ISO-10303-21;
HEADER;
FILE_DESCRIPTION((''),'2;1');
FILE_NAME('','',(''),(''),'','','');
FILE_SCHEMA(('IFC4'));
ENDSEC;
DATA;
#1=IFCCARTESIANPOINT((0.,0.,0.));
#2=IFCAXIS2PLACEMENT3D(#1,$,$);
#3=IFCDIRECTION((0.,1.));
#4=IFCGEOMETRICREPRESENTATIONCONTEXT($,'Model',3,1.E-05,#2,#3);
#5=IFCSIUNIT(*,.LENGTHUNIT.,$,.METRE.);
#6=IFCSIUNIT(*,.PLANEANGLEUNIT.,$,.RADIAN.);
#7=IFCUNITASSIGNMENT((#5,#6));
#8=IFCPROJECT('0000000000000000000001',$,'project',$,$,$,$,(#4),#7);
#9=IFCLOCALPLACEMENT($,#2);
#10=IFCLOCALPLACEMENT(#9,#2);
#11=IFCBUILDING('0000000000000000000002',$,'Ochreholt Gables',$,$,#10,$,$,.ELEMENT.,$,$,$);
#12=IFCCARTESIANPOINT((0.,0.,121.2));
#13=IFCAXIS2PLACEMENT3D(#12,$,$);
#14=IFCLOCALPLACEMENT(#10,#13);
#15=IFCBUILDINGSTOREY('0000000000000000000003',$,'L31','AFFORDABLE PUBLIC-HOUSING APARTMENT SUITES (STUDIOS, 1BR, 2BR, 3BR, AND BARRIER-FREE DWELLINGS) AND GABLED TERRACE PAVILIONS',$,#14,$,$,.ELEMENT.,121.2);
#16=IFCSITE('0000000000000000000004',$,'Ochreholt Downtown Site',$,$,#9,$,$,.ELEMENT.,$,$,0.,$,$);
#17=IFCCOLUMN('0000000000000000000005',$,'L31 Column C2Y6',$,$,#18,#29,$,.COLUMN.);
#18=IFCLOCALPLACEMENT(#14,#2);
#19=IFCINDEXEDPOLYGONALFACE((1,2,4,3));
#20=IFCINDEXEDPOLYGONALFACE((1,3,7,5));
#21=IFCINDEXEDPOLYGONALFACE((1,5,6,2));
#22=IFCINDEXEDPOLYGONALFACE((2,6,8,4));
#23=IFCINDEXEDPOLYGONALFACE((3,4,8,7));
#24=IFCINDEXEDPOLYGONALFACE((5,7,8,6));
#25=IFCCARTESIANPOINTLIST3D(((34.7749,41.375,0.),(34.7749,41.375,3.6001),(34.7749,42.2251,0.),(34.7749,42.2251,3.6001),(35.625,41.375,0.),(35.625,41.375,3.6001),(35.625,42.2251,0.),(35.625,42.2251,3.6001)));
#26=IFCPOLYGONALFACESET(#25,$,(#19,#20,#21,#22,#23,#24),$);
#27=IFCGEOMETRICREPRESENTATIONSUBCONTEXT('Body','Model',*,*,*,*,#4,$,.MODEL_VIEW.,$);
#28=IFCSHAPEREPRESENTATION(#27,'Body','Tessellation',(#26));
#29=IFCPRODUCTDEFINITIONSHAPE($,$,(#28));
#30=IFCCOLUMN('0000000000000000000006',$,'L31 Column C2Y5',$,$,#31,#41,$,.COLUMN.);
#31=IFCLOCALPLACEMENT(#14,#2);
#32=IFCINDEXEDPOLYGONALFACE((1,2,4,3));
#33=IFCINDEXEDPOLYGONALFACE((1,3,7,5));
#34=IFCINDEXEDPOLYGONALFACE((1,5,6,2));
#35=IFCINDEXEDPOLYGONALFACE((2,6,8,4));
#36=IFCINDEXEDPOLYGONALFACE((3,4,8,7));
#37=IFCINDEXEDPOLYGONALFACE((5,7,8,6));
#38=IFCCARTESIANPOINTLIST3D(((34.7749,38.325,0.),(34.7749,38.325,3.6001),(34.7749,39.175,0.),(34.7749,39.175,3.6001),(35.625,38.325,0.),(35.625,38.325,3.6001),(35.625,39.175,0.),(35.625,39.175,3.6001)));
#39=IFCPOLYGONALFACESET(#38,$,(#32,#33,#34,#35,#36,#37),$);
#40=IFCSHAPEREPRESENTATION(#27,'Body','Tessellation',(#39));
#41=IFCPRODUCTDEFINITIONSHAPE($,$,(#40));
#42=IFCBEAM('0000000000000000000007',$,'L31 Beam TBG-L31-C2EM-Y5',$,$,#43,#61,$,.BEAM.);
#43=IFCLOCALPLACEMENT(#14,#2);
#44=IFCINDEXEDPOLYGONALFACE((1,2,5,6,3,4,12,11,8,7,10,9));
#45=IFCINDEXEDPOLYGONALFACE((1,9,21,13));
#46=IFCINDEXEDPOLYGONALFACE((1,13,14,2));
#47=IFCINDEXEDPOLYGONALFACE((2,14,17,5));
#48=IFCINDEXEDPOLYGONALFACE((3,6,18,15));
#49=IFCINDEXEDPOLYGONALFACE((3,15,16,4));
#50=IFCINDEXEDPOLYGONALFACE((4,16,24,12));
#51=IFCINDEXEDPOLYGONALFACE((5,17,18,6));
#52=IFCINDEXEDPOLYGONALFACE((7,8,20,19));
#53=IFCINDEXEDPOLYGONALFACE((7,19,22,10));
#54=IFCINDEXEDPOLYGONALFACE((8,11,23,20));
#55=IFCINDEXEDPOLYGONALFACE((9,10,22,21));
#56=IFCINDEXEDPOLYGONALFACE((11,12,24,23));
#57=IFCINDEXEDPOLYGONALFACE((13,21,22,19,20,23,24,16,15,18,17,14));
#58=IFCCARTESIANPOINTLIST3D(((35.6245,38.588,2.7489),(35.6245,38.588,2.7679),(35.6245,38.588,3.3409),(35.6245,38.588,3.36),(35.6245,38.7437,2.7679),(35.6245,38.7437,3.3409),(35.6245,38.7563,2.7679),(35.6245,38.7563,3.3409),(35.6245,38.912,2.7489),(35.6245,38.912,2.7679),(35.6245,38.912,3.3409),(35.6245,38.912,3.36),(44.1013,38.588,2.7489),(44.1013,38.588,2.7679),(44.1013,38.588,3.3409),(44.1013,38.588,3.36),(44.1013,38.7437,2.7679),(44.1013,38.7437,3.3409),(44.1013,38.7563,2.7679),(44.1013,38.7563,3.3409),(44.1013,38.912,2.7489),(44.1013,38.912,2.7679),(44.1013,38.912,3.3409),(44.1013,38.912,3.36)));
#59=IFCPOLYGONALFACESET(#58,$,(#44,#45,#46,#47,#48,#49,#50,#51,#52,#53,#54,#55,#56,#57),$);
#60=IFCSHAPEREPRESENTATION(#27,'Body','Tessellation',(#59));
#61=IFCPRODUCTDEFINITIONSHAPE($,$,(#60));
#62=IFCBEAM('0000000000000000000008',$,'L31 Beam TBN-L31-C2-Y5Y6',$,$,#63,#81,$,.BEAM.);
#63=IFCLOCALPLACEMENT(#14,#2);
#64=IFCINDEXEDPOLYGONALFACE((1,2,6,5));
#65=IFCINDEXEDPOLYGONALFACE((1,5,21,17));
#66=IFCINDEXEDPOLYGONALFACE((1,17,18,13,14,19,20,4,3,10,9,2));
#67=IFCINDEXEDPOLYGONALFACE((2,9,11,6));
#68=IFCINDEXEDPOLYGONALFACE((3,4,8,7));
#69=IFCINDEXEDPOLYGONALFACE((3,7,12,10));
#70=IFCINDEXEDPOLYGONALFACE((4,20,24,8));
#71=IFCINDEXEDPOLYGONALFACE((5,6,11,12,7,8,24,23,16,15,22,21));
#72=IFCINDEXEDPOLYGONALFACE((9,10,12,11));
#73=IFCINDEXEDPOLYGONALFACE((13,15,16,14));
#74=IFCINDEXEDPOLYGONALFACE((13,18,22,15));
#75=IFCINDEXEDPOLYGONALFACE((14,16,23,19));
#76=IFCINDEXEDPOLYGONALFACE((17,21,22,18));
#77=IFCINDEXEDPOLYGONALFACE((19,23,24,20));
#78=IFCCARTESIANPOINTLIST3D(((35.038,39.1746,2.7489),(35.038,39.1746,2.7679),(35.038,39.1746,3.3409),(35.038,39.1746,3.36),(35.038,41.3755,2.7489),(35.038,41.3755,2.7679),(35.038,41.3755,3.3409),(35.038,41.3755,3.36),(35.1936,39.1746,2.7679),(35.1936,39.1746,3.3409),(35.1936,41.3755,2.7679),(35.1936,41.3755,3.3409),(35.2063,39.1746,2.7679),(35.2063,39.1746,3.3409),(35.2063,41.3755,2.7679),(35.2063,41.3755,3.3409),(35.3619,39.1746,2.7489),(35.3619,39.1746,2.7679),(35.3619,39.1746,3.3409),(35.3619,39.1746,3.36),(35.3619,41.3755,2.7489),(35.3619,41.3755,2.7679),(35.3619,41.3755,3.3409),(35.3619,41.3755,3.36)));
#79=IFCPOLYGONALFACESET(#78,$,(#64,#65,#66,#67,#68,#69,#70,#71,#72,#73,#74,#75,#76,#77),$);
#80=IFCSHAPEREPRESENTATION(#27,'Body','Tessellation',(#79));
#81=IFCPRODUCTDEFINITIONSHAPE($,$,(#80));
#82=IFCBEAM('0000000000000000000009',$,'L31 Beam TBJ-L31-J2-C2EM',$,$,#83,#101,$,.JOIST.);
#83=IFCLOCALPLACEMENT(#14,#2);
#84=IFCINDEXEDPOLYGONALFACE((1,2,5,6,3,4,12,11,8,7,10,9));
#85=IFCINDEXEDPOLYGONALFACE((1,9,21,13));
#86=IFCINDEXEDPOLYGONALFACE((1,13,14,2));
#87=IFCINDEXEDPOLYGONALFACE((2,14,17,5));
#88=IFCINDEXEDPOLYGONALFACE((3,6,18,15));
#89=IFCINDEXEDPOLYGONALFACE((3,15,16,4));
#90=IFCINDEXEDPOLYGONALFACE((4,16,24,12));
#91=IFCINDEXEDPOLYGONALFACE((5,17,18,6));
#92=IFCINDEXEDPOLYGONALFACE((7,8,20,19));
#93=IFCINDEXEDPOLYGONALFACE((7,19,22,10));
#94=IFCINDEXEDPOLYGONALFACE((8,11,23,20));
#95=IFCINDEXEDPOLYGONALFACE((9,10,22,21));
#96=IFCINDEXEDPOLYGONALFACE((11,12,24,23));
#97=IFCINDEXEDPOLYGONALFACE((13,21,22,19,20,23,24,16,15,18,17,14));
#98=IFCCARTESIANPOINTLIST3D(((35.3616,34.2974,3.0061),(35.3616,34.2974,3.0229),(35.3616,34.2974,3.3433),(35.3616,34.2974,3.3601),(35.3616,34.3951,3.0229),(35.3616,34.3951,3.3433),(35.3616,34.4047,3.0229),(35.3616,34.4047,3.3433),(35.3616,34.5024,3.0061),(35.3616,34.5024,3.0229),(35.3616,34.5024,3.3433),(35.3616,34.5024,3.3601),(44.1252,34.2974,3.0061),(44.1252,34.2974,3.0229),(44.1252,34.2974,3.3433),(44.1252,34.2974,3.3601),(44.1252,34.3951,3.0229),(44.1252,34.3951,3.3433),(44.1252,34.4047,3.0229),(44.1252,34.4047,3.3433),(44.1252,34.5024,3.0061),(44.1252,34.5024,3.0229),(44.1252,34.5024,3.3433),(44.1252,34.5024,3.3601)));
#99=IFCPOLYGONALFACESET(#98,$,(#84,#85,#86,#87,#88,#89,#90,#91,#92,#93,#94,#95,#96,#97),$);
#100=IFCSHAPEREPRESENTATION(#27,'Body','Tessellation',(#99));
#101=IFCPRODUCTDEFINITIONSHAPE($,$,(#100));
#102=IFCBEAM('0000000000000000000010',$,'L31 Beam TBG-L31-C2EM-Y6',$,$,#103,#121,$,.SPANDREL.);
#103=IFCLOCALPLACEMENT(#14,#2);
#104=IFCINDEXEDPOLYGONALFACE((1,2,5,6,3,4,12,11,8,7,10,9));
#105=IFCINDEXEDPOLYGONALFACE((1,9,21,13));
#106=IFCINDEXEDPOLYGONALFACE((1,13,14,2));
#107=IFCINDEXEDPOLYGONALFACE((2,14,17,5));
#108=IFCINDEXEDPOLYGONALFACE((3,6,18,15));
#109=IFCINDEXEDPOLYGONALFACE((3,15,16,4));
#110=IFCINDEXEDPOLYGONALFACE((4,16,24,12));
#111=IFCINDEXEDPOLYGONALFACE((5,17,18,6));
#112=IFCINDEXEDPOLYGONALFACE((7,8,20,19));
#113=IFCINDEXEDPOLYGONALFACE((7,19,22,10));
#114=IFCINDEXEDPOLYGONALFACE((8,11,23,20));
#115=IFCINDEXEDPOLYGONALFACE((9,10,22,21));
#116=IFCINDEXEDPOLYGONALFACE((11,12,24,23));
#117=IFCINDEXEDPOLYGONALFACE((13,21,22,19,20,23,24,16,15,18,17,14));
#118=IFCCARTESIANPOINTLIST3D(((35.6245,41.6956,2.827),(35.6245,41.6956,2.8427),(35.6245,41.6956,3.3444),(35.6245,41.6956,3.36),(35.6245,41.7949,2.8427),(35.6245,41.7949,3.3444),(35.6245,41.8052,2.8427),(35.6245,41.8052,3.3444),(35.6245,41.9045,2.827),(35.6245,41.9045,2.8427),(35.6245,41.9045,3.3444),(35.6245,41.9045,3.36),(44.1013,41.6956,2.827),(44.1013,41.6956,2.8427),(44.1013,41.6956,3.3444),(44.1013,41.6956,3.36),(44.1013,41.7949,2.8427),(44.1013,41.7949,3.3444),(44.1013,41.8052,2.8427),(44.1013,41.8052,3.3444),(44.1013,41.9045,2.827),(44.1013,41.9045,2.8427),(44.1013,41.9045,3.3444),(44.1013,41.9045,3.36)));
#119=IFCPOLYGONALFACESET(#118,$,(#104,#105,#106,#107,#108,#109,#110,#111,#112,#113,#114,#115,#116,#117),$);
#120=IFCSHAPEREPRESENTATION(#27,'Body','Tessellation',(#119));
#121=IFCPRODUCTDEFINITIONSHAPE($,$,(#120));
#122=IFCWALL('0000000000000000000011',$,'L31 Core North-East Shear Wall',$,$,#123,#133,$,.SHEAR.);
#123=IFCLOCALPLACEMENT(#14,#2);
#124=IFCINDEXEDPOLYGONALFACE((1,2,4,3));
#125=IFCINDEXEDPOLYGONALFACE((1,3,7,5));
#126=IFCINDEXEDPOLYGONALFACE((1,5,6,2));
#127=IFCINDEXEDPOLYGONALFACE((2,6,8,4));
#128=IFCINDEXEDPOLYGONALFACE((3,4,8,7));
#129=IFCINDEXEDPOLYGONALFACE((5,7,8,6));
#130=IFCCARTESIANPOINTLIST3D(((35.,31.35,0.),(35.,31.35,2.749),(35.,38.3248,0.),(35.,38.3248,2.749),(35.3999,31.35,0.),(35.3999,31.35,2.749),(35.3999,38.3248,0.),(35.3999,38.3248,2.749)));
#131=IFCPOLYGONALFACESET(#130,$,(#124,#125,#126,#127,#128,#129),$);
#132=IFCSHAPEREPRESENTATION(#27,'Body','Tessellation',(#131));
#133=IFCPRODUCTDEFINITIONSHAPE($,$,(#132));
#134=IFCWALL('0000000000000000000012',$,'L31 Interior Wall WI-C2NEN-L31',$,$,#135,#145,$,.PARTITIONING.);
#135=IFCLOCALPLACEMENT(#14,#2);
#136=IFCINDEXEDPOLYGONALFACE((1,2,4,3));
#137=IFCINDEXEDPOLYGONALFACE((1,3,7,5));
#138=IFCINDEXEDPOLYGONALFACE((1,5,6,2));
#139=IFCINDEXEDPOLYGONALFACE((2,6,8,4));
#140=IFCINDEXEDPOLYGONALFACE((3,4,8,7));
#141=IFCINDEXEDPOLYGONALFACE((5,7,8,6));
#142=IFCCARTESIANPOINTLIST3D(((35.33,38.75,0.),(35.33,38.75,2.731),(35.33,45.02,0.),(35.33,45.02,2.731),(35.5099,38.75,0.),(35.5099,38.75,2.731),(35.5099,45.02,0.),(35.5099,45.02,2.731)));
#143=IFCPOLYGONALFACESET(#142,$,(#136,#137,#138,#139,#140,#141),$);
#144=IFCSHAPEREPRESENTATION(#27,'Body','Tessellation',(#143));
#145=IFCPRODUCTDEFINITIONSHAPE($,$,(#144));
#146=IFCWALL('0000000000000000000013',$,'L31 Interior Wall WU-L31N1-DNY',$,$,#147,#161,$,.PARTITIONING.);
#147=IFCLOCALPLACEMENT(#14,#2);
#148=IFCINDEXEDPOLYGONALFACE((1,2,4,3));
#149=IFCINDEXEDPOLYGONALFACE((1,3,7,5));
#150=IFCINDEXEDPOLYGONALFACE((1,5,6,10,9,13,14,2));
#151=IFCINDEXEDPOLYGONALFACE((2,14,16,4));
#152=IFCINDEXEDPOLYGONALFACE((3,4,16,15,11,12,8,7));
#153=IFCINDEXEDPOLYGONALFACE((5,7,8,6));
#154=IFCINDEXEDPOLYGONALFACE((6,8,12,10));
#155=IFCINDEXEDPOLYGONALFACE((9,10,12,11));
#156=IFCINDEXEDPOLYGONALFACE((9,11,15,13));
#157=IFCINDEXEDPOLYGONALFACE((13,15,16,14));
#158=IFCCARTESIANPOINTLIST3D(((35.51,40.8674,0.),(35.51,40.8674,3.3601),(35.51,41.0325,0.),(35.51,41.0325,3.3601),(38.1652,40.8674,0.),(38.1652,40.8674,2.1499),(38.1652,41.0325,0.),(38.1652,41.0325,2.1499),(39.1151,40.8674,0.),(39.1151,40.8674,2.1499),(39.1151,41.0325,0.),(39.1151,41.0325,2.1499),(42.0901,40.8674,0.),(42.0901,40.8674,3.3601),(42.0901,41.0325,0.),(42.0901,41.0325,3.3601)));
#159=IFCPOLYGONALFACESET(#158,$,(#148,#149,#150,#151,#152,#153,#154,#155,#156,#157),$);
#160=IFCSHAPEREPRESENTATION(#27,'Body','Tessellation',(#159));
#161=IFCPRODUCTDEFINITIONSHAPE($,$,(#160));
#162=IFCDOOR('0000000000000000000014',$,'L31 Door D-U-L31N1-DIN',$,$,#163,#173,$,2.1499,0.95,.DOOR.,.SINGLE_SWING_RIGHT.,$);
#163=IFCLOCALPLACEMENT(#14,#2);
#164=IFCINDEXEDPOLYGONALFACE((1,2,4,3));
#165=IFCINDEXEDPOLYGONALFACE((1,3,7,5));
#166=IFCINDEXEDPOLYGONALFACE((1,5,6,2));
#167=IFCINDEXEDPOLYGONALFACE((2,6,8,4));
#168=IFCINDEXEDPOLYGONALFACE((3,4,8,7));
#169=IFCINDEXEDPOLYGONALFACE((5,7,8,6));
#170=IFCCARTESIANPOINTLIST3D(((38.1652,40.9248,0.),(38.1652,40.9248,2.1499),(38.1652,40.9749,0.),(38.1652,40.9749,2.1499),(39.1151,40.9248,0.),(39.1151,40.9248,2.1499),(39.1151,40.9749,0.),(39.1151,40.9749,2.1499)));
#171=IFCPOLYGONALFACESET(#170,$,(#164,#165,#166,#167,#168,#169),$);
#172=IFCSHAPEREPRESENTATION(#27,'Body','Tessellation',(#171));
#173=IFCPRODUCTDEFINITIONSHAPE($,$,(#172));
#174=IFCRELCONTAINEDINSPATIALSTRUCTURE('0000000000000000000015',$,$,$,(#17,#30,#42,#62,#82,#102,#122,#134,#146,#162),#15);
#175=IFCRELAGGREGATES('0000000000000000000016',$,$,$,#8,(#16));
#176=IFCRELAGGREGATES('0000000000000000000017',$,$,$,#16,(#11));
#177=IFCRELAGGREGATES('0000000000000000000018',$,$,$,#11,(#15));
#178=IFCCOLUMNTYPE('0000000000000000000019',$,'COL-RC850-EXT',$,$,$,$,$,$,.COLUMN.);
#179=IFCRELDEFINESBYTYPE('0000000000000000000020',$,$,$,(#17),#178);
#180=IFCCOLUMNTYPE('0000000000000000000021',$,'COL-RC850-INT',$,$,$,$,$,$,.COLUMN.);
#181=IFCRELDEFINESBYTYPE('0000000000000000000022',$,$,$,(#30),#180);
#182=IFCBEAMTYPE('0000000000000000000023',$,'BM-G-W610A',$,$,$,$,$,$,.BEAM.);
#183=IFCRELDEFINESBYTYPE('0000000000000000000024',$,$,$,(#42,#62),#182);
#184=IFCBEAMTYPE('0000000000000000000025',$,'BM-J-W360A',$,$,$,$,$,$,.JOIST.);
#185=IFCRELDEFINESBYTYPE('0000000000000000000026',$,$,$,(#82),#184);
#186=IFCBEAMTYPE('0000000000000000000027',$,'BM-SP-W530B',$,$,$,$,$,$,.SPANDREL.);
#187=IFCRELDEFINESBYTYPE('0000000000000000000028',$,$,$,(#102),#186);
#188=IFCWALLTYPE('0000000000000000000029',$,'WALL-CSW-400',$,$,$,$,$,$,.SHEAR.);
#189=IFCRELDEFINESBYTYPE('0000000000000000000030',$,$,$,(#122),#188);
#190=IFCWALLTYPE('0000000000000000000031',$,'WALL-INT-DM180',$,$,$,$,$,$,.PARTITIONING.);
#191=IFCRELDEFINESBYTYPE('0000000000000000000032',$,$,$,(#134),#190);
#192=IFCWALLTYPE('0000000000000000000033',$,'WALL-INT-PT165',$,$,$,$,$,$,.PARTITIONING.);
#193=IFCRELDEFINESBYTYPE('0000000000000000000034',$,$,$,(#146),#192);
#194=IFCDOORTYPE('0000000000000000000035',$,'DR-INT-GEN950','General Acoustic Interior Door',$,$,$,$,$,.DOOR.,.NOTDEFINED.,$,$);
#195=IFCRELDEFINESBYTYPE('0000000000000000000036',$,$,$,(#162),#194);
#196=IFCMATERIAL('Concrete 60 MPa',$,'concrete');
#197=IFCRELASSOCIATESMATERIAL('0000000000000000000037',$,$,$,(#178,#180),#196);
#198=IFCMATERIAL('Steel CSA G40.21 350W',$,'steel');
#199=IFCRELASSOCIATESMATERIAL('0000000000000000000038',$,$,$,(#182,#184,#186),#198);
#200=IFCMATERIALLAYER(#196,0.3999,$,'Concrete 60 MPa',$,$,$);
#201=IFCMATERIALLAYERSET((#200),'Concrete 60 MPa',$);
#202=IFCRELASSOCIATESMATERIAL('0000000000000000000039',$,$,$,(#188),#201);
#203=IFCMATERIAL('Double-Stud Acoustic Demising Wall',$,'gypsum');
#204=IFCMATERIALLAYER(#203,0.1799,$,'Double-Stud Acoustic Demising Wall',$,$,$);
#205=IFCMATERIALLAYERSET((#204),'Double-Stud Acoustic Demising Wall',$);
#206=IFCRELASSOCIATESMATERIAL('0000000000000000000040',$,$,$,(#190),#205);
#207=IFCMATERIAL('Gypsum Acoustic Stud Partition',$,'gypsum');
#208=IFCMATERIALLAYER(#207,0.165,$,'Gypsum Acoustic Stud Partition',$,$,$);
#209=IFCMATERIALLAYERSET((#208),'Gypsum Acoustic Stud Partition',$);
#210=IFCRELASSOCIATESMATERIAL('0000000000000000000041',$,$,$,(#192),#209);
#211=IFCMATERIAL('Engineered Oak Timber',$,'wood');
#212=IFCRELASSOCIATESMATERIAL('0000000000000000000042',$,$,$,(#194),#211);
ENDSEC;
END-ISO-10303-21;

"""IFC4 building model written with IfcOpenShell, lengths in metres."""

from ifc_helpers import new_model, si_unit, direction, frame, frame_2d, origin, origin_2d, place, context, subcontext, project, spatial, rectangle, i_section, extrude, material, layer, layer_set, material_profile, profile_set, type_object, element, fill, save


model = new_model("IFC4")

# Units and contexts
model_context = context("Model", 3, precision=1e-05, world=origin(), true_north=direction((0.0, 1.0)))
body_context = subcontext(model_context, "Body", "Model", "MODEL_VIEW")
ifc_project = project(units=[si_unit("LENGTHUNIT", "METRE"), si_unit("PLANEANGLEUNIT", "RADIAN")], contexts=[model_context])

# Site, building, storey
site_placement = place(None, origin())
site = spatial("IfcSite", under=ifc_project, at=site_placement, Name="Ochreholt Downtown Site", CompositionType="ELEMENT", RefElevation=0.0)
building_placement = place(site_placement, origin())
building = spatial("IfcBuilding", under=site, at=building_placement, Name="Ochreholt Gables", CompositionType="ELEMENT")
storey_placement = place(building_placement, frame((0.0, 0.0, 121.2)))
storey = spatial("IfcBuildingStorey", under=building, at=storey_placement, Name="L31", Description="AFFORDABLE PUBLIC-HOUSING APARTMENT SUITES (STUDIOS, 1BR, 2BR, 3BR, AND BARRIER-FREE DWELLINGS) AND GABLED TERRACE PAVILIONS", CompositionType="ELEMENT", Elevation=121.2)

# Columns
ifc_material_1 = material(Name="Concrete 60 MPa", Category="concrete")
ifc_material_profile_1 = material_profile(ifc_material_1, rectangle(XDim=0.8501, YDim=0.8501, at=origin_2d()), Name="RC850X850")
ifc_profile_set_1 = profile_set([ifc_material_profile_1], Name="Concrete 60 MPa")
column_type_1 = type_object("IfcColumnType", Name="COL-RC850-EXT", PredefinedType="COLUMN", material=ifc_profile_set_1)
column_1_placement = place(storey_placement, frame((35.2, 41.8, 0.0), z_axis=(0.0, 0.0, 1.0), x_axis=(1.0, 0.0, 0.0)))
element("IfcColumn", 1, at=column_1_placement, inside=storey, type_object=column_type_1, Name="L31 Column C2Y6", PredefinedType="COLUMN", context=body_context, shape_type="SweptSolid", body=[
    extrude(rectangle(XDim=0.8501, YDim=0.8501, at=origin_2d()), origin(), (0.0, 0.0, 1.0), 3.6001),
])
ifc_material_profile_2 = material_profile(ifc_material_1, rectangle(XDim=0.8501, YDim=0.8501, at=origin_2d()), Name="RC850X850")
ifc_profile_set_2 = profile_set([ifc_material_profile_2], Name="Concrete 60 MPa")
column_type_2 = type_object("IfcColumnType", Name="COL-RC850-INT", PredefinedType="COLUMN", material=ifc_profile_set_2)
column_2_placement = place(storey_placement, frame((35.2, 38.75, 0.0), z_axis=(0.0, 0.0, 1.0), x_axis=(1.0, 0.0, 0.0)))
element("IfcColumn", 2, at=column_2_placement, inside=storey, type_object=column_type_2, Name="L31 Column C2Y5", PredefinedType="COLUMN", context=body_context, shape_type="SweptSolid", body=[
    extrude(rectangle(XDim=0.8501, YDim=0.8501, at=origin_2d()), origin(), (0.0, 0.0, 1.0), 3.6001),
])

# Beams
ifc_material_2 = material(Name="Steel CSA G40.21 350W", Category="steel")
ifc_material_profile_3 = material_profile(ifc_material_2, i_section(OverallWidth=0.324, OverallDepth=0.6111, WebThickness=0.0127, FlangeThickness=0.019, at=origin_2d()), Name="W610X155")
ifc_profile_set_3 = profile_set([ifc_material_profile_3], Name="Steel CSA G40.21 350W")
beam_type_1 = type_object("IfcBeamType", Name="BM-G-W610A", PredefinedType="BEAM", material=ifc_profile_set_3)
beam_1_placement = place(storey_placement, frame((35.6245, 38.75, 3.0544), z_axis=(1.0, 0.0, 0.0), x_axis=(0.0, 1.0, 0.0)))
element("IfcBeam", 3, at=beam_1_placement, inside=storey, type_object=beam_type_1, Name="L31 Beam TBG-L31-C2EM-Y5", PredefinedType="BEAM", context=body_context, shape_type="SweptSolid", body=[
    extrude(i_section(OverallWidth=0.324, OverallDepth=0.6111, WebThickness=0.0127, FlangeThickness=0.019, at=origin_2d()), origin(), (0.0, 0.0, 1.0), 8.4768),
])
beam_2_placement = place(storey_placement, frame((35.2, 39.1746, 3.0544), z_axis=(0.0, 1.0, 0.0), x_axis=(-1.0, 0.0, 0.0)))
element("IfcBeam", 4, at=beam_2_placement, inside=storey, type_object=beam_type_1, Name="L31 Beam TBN-L31-C2-Y5Y6", PredefinedType="BEAM", context=body_context, shape_type="SweptSolid", body=[
    extrude(i_section(OverallWidth=0.324, OverallDepth=0.6111, WebThickness=0.0127, FlangeThickness=0.019, at=origin_2d()), origin(), (0.0, 0.0, 1.0), 2.2009),
])
ifc_material_profile_4 = material_profile(ifc_material_2, i_section(OverallWidth=0.2051, OverallDepth=0.354, WebThickness=0.0095, FlangeThickness=0.0168, at=origin_2d()), Name="W360X79")
ifc_profile_set_4 = profile_set([ifc_material_profile_4], Name="Steel CSA G40.21 350W")
beam_type_2 = type_object("IfcBeamType", Name="BM-J-W360A", PredefinedType="JOIST", material=ifc_profile_set_4)
beam_3_placement = place(storey_placement, frame((35.3616, 34.3999, 3.1831), z_axis=(1.0, 0.0, 0.0), x_axis=(0.0, 1.0, 0.0)))
element("IfcBeam", 5, at=beam_3_placement, inside=storey, type_object=beam_type_2, Name="L31 Beam TBJ-L31-J2-C2EM", PredefinedType="JOIST", context=body_context, shape_type="SweptSolid", body=[
    extrude(i_section(OverallWidth=0.2051, OverallDepth=0.354, WebThickness=0.0095, FlangeThickness=0.0168, at=origin_2d()), origin(), (0.0, 0.0, 1.0), 8.7637),
])
ifc_material_profile_5 = material_profile(ifc_material_2, i_section(OverallWidth=0.209, OverallDepth=0.533, WebThickness=0.0103, FlangeThickness=0.0156, at=origin_2d()), Name="W530X92")
ifc_profile_set_5 = profile_set([ifc_material_profile_5], Name="Steel CSA G40.21 350W")
beam_type_3 = type_object("IfcBeamType", Name="BM-SP-W530B", PredefinedType="SPANDREL", material=ifc_profile_set_5)
beam_4_placement = place(storey_placement, frame((35.6245, 41.8, 3.0935), z_axis=(1.0, 0.0, 0.0), x_axis=(0.0, 1.0, 0.0)))
element("IfcBeam", 6, at=beam_4_placement, inside=storey, type_object=beam_type_3, Name="L31 Beam TBG-L31-C2EM-Y6", PredefinedType="SPANDREL", context=body_context, shape_type="SweptSolid", body=[
    extrude(i_section(OverallWidth=0.209, OverallDepth=0.533, WebThickness=0.0103, FlangeThickness=0.0156, at=origin_2d()), origin(), (0.0, 0.0, 1.0), 8.4768),
])

# Walls
ifc_layer_1 = layer(ifc_material_1, 0.3999, Name="Concrete 60 MPa")
ifc_layer_set_1 = layer_set([ifc_layer_1], Name="Concrete 60 MPa")
wall_type_1 = type_object("IfcWallType", Name="WALL-CSW-400", PredefinedType="SHEAR", material=ifc_layer_set_1)
wall_1_placement = place(storey_placement, frame((35.2, 31.3501, 0.0), z_axis=(0.0, 0.0, 1.0), x_axis=(0.0, 1.0, 0.0)))
element("IfcWall", 7, at=wall_1_placement, inside=storey, type_object=wall_type_1, Name="L31 Core North-East Shear Wall", PredefinedType="SHEAR", context=body_context, shape_type="SweptSolid", body=[
    extrude(rectangle(XDim=6.9749, YDim=0.3999, at=frame_2d((3.4873, 0.0))), origin(), (0.0, 0.0, 1.0), 2.749),
])
ifc_material_3 = material(Name="Double-Stud Acoustic Demising Wall", Category="gypsum")
ifc_layer_2 = layer(ifc_material_3, 0.1799, Name="Double-Stud Acoustic Demising Wall")
ifc_layer_set_2 = layer_set([ifc_layer_2], Name="Double-Stud Acoustic Demising Wall")
wall_type_2 = type_object("IfcWallType", Name="WALL-INT-DM180", PredefinedType="PARTITIONING", material=ifc_layer_set_2)
wall_2_placement = place(storey_placement, frame((35.4199, 38.75, 0.0), z_axis=(0.0, 0.0, 1.0), x_axis=(0.0, 1.0, 0.0)))
element("IfcWall", 8, at=wall_2_placement, inside=storey, type_object=wall_type_2, Name="L31 Interior Wall WI-C2NEN-L31", PredefinedType="PARTITIONING", context=body_context, shape_type="SweptSolid", body=[
    extrude(rectangle(XDim=6.27, YDim=0.1799, at=frame_2d((3.135, 0.0))), origin(), (0.0, 0.0, 1.0), 2.731),
])

# Shared definitions
ifc_material_4 = material(Name="Engineered Oak Timber", Category="wood")

# Wall, opening, door
ifc_material_5 = material(Name="Gypsum Acoustic Stud Partition", Category="gypsum")
ifc_layer_3 = layer(ifc_material_5, 0.165, Name="Gypsum Acoustic Stud Partition")
ifc_layer_set_3 = layer_set([ifc_layer_3], Name="Gypsum Acoustic Stud Partition")
wall_type_3 = type_object("IfcWallType", Name="WALL-INT-PT165", PredefinedType="PARTITIONING", material=ifc_layer_set_3)
wall_3_placement = place(storey_placement, frame((35.51, 40.95, 0.0), z_axis=(0.0, 0.0, 1.0), x_axis=(1.0, 0.0, 0.0)))
wall_3 = element("IfcWall", 9, at=wall_3_placement, inside=storey, type_object=wall_type_3, Name="L31 Interior Wall WU-L31N1-DNY", PredefinedType="PARTITIONING", context=body_context, shape_type="SweptSolid", body=[
    extrude(rectangle(XDim=6.5801, YDim=0.165, at=frame_2d((3.29, 0.0))), origin(), (0.0, 0.0, 1.0), 3.3601),
])
opening_1_placement = place(wall_3_placement, frame((2.655, 0.0, 0.0)))
opening_1 = element("IfcOpeningElement", 10, at=opening_1_placement, cuts=wall_3, PredefinedType="OPENING", context=body_context, shape_type="SweptSolid", body=[
    extrude(rectangle(XDim=0.95, YDim=2.1499, at=frame_2d((0.4751, 1.075))), frame((0.0, 0.0925, 0.0), z_axis=(0.0, -1.0, 0.0), x_axis=(1.0, 0.0, 0.0)), (0.0, 0.0, 1.0), 0.1851),
])
door_type_1 = type_object("IfcDoorType", Name="DR-INT-GEN950", Description="General Acoustic Interior Door", OperationType="NOTDEFINED", PredefinedType="DOOR", material=ifc_material_4)
door_1_placement = place(opening_1_placement, origin())
door_1 = element("IfcDoor", 11, at=door_1_placement, inside=storey, type_object=door_type_1, Name="L31 Door D-U-L31N1-DIN", OperationType="SINGLE_SWING_RIGHT", OverallHeight=2.1499, OverallWidth=0.95, PredefinedType="DOOR", context=body_context, shape_type="SweptSolid", body=[
    extrude(rectangle(XDim=0.95, YDim=2.1499, at=frame_2d((0.4751, 1.075))), frame((0.0, 0.0249, 0.0), z_axis=(0.0, -1.0, 0.0), x_axis=(1.0, 0.0, 0.0)), (0.0, 0.0, 1.0), 0.05),
])
fill(opening_1, door_1)

save(model, "model.ifc")
